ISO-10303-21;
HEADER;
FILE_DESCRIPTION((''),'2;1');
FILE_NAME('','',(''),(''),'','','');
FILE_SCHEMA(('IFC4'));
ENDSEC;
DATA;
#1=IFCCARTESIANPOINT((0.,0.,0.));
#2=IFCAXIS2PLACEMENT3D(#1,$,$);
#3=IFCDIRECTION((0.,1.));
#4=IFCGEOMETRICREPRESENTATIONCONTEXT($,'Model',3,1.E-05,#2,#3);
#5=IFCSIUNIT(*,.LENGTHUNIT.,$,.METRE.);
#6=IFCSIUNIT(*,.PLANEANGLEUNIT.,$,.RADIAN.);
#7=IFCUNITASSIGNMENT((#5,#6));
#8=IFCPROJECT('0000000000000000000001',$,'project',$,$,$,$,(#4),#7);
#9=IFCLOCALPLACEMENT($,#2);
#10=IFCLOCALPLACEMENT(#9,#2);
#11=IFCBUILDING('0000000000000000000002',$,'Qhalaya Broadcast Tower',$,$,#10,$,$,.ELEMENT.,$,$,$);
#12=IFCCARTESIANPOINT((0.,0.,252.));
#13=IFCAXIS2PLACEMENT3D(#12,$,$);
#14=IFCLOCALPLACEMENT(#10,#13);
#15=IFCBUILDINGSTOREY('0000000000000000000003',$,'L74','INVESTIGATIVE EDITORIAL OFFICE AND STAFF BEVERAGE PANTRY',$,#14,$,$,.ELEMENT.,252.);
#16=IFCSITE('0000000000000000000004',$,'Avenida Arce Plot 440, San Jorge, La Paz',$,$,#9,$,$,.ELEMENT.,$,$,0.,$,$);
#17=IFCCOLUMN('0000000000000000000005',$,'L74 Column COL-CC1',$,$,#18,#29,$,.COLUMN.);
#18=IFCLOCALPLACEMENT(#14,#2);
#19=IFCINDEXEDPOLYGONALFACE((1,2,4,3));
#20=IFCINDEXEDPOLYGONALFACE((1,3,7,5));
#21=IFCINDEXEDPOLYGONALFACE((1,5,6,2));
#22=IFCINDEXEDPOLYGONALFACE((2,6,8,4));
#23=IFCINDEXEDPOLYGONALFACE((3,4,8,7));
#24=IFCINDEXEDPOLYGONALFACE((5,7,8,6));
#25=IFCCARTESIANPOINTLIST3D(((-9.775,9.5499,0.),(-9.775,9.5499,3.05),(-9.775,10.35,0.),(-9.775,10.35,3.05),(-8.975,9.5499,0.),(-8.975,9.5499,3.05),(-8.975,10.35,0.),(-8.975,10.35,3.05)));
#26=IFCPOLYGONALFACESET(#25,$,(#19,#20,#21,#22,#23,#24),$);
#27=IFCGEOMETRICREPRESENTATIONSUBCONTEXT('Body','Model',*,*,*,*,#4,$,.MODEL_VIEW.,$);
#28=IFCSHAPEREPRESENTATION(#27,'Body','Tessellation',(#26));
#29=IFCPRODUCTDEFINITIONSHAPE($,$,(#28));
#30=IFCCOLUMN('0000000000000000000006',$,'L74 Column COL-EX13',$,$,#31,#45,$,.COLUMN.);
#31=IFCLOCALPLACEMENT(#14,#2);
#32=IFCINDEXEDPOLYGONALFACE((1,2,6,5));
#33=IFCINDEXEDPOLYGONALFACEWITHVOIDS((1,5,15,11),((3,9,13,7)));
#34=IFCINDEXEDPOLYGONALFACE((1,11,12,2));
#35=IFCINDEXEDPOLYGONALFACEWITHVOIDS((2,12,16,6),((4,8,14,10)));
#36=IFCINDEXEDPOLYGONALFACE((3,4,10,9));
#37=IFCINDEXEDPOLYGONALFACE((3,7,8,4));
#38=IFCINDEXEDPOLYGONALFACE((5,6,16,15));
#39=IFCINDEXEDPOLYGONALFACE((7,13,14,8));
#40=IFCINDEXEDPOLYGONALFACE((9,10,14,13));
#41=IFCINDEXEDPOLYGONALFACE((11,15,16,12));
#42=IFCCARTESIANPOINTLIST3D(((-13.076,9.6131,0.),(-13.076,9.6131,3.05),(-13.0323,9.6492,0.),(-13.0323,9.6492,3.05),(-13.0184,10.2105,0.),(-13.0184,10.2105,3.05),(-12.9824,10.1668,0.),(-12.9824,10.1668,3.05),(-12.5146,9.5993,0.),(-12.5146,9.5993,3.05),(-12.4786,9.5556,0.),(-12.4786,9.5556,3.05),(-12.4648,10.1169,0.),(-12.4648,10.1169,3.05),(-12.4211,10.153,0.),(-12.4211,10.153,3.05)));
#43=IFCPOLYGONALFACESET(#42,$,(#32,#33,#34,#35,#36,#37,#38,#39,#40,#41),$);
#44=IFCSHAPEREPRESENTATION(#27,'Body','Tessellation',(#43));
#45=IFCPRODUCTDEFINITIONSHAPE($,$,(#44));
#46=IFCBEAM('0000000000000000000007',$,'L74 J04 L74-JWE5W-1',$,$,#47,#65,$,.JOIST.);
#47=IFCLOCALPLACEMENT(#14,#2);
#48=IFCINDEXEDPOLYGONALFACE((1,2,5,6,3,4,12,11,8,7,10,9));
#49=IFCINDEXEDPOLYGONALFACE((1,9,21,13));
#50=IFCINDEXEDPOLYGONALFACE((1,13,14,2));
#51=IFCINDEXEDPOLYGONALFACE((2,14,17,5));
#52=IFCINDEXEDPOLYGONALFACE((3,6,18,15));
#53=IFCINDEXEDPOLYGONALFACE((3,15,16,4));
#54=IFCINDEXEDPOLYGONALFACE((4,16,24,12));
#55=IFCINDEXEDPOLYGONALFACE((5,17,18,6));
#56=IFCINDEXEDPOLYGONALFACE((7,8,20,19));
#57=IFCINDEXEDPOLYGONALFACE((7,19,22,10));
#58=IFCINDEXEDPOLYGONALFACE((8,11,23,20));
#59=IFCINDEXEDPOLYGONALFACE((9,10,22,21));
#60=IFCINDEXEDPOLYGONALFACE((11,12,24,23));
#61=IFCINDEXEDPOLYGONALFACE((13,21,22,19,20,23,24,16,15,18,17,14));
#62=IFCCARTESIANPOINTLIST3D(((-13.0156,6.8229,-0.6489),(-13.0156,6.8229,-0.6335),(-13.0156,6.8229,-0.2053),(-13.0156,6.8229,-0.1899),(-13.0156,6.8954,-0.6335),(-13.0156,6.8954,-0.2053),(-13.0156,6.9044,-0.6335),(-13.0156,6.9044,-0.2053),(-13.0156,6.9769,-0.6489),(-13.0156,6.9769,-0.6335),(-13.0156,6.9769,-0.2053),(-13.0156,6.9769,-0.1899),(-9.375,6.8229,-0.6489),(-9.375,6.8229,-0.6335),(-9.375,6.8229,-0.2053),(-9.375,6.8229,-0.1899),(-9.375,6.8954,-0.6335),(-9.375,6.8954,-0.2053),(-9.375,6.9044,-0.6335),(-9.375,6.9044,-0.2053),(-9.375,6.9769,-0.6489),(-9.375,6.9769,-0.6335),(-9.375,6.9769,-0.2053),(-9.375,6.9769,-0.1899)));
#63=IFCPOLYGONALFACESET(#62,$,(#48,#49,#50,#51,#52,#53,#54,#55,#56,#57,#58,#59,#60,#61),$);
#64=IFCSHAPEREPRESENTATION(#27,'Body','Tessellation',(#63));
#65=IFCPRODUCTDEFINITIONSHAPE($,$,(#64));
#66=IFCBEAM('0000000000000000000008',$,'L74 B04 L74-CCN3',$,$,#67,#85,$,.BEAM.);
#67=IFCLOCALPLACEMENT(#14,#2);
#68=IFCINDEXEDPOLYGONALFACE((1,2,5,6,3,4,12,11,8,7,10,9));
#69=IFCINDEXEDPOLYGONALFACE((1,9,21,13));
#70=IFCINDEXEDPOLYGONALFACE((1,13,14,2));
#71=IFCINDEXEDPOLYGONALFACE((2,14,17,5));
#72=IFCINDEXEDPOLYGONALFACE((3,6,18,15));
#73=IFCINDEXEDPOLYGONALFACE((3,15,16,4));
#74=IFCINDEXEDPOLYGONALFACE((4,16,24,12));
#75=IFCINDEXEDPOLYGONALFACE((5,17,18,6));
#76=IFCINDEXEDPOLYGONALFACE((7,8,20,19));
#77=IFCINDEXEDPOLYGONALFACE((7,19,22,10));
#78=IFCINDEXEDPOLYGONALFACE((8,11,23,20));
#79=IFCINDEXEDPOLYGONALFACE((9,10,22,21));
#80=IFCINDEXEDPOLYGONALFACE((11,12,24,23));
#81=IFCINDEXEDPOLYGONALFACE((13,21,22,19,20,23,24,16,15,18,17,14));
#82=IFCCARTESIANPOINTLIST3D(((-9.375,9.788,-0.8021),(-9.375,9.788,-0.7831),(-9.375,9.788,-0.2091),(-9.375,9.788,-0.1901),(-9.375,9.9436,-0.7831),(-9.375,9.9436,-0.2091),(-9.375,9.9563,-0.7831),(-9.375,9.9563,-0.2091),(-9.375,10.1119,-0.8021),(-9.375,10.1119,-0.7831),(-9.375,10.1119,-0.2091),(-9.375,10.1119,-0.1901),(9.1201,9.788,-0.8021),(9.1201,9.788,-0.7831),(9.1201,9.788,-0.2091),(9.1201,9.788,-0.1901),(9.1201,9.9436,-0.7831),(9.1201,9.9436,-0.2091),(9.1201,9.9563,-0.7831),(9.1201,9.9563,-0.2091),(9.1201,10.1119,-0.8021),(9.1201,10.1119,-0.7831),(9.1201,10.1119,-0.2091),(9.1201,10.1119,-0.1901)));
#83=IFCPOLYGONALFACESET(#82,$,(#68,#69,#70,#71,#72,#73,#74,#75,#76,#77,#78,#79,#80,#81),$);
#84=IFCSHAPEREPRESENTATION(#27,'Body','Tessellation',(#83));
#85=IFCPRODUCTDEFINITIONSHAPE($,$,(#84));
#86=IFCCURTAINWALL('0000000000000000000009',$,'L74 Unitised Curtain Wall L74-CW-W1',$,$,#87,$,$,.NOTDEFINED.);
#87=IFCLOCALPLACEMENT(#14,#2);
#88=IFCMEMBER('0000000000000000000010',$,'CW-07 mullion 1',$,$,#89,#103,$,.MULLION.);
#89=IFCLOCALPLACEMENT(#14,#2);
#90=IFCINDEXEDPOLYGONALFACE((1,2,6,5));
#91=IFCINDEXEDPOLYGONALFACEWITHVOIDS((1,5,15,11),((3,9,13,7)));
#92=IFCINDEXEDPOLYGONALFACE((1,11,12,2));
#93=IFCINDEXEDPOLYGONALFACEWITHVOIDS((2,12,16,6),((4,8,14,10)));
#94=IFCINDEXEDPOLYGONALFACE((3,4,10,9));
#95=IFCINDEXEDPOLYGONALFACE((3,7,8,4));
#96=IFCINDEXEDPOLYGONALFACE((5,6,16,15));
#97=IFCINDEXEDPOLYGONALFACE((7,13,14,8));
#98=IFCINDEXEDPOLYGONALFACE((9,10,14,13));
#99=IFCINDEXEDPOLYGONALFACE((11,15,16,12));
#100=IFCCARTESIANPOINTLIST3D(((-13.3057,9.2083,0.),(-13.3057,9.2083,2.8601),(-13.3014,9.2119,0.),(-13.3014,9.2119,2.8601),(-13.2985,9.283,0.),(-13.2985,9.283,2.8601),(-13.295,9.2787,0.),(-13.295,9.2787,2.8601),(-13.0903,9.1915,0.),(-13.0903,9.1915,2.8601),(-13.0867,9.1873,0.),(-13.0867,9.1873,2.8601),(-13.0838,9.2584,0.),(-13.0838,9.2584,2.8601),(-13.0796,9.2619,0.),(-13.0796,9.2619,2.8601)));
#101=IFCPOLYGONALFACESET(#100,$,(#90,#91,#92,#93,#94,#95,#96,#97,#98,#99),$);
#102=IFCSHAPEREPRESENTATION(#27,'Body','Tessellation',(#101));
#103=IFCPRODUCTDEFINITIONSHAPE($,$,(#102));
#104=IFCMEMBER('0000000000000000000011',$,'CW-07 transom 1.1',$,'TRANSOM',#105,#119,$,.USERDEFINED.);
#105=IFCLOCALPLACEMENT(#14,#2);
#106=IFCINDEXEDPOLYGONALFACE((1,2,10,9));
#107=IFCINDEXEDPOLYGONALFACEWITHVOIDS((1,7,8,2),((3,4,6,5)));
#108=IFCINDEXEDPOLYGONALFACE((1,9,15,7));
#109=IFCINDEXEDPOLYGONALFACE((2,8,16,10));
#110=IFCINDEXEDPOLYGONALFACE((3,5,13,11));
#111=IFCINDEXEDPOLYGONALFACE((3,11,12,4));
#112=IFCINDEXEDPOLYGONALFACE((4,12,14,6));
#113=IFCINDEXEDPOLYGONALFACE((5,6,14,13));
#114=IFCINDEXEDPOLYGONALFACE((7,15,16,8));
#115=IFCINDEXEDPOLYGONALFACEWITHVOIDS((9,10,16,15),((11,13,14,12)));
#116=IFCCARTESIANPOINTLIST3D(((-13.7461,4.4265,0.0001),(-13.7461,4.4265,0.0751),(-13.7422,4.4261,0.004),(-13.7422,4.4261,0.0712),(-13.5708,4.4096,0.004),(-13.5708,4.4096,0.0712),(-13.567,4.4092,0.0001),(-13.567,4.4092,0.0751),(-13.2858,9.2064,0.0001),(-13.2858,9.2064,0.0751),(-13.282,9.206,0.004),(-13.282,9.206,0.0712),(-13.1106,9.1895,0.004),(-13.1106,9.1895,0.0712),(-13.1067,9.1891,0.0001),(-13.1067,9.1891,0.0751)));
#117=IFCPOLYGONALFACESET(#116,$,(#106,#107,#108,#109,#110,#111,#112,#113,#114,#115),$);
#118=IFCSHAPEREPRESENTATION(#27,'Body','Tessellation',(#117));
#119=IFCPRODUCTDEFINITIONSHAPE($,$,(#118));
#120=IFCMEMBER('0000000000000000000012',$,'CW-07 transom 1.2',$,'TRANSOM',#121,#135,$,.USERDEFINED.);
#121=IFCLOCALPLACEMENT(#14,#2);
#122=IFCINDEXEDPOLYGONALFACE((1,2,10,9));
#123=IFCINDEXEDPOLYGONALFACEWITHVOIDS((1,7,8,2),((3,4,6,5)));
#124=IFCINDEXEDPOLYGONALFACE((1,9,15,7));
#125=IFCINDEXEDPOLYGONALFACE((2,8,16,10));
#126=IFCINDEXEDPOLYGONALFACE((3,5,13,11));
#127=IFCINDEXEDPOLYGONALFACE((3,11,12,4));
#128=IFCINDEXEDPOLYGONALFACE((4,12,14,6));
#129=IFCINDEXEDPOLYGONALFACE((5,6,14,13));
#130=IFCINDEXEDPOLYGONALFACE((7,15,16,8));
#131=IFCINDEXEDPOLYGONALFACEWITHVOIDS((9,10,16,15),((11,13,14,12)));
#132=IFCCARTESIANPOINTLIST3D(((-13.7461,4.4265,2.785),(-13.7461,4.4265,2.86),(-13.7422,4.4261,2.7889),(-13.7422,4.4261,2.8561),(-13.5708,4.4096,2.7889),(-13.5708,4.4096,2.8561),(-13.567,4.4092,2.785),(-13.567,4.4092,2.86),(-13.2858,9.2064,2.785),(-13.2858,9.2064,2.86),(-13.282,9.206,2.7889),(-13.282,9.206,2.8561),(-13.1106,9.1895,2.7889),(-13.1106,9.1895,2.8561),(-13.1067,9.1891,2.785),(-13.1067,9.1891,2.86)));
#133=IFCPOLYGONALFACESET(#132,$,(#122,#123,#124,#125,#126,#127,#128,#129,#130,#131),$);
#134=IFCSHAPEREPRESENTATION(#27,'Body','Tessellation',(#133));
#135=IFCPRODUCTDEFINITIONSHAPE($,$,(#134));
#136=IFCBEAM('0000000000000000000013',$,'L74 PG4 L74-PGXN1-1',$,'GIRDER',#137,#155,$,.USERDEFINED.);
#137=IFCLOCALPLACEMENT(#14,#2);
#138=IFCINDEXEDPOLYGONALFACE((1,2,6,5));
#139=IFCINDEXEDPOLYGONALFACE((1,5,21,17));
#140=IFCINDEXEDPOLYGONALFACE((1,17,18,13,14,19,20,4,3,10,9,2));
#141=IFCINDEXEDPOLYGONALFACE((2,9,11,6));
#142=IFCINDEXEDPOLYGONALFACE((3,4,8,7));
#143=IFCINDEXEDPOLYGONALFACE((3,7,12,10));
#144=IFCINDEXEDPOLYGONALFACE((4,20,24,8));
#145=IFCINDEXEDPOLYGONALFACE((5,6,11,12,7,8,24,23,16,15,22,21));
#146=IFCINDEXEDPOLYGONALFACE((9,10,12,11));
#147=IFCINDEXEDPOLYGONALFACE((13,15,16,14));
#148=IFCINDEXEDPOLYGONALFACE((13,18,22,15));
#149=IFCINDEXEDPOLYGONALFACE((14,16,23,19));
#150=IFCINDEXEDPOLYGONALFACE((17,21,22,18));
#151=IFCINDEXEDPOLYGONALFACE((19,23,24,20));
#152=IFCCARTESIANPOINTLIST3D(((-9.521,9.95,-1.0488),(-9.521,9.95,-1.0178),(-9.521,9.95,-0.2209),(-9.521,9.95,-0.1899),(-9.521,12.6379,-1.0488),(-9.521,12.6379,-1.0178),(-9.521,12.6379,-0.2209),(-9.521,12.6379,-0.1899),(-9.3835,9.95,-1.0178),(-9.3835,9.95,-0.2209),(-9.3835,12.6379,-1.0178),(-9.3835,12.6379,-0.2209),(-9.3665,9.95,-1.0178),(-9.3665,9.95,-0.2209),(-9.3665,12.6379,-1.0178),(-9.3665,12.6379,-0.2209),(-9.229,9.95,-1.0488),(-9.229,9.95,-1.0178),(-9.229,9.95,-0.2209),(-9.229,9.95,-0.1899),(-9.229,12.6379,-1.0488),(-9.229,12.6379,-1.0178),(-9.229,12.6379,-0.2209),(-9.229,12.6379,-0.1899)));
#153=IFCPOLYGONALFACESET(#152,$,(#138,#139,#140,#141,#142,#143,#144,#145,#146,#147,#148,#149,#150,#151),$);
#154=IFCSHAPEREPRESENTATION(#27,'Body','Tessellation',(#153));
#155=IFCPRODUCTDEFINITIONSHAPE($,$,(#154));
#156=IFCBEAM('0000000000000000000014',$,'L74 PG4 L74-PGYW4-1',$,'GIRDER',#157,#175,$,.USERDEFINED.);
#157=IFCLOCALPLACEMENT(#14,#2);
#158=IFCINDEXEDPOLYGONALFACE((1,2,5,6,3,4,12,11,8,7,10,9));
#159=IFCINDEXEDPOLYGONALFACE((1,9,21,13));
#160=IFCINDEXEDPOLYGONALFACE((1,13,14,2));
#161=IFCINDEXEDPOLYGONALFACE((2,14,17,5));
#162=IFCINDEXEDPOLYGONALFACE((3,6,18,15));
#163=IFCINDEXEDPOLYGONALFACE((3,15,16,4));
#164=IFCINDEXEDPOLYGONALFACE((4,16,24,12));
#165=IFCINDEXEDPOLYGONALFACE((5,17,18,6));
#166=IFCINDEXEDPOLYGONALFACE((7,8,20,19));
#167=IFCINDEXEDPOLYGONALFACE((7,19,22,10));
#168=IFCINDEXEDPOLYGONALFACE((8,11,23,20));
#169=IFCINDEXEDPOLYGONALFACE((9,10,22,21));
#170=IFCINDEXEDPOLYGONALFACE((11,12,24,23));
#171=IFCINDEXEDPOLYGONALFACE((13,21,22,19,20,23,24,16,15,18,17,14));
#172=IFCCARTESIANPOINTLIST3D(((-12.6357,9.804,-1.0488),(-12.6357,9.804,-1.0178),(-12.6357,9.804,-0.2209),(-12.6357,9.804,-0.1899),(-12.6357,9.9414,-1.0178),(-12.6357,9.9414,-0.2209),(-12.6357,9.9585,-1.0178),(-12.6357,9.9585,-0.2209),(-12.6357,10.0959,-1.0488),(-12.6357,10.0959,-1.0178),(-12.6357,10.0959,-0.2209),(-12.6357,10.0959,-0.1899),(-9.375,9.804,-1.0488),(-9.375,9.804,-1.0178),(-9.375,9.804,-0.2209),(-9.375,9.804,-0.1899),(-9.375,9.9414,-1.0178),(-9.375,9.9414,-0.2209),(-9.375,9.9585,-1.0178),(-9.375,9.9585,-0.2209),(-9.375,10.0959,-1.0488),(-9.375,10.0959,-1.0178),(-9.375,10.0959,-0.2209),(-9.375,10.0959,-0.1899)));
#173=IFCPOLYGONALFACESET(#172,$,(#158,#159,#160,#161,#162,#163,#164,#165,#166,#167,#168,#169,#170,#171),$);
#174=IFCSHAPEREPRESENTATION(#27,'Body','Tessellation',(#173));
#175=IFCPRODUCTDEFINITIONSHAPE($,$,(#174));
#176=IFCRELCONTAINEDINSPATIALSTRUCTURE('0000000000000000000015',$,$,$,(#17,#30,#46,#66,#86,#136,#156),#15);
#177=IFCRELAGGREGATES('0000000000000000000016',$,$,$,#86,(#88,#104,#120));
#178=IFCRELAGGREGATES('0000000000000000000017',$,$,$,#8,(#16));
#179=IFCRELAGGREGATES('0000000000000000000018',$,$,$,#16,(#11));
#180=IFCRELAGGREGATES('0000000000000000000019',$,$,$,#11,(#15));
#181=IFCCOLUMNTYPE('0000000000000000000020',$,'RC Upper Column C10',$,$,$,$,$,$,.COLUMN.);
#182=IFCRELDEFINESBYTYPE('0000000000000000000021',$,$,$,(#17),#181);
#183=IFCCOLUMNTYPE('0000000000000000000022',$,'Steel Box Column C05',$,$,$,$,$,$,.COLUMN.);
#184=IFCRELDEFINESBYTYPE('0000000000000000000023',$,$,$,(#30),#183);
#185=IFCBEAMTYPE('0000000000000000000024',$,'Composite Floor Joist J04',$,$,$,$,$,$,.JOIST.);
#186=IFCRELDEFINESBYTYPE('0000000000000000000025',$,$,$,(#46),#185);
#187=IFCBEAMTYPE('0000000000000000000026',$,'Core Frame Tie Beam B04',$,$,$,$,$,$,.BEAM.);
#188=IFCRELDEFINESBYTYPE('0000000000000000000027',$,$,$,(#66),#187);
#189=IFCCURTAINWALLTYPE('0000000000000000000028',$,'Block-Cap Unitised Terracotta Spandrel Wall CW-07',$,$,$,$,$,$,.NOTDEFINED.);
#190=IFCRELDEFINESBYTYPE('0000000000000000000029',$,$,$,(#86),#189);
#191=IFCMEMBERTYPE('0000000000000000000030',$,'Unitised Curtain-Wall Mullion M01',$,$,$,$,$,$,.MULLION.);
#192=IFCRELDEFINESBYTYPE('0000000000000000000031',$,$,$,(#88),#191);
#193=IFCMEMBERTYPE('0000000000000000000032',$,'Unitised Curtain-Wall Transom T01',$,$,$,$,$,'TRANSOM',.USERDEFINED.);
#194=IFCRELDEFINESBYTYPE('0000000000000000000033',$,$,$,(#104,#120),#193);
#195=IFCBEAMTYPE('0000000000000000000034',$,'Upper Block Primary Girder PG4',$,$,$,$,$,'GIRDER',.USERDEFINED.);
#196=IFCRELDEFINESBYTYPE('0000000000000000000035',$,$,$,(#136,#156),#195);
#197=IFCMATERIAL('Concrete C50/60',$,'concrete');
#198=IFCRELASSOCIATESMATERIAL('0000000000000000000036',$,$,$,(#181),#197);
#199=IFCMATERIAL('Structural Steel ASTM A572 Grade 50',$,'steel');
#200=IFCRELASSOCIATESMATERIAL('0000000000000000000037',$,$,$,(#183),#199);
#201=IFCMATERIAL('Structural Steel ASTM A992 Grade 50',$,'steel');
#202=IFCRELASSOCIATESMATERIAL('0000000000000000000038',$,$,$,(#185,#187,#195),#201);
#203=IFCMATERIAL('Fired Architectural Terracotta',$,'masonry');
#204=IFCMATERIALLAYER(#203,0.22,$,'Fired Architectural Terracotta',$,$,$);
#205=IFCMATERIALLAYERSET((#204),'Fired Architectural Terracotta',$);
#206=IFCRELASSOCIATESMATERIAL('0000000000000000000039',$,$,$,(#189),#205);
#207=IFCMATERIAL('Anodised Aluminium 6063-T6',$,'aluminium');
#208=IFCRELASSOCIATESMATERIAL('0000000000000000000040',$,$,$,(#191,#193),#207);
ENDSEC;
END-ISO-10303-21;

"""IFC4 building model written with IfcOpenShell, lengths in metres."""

from ifc_helpers import new_model, si_unit, direction, frame, origin, origin_2d, place, context, subcontext, project, spatial, rectangle, hollow_rectangle, i_section, extrude, material, layer, layer_set, material_profile, profile_set, type_object, element, aggregate, save


model = new_model("IFC4")

# Units and contexts
model_context = context("Model", 3, precision=1e-05, world=origin(), true_north=direction((0.0, 1.0)))
body_context = subcontext(model_context, "Body", "Model", "MODEL_VIEW")
ifc_project = project(units=[si_unit("LENGTHUNIT", "METRE"), si_unit("PLANEANGLEUNIT", "RADIAN")], contexts=[model_context])

# Site, building, storey
site_placement = place(None, origin())
site = spatial("IfcSite", under=ifc_project, at=site_placement, Name="Avenida Arce Plot 440, San Jorge, La Paz", CompositionType="ELEMENT", RefElevation=0.0)
building_placement = place(site_placement, origin())
building = spatial("IfcBuilding", under=site, at=building_placement, Name="Qhalaya Broadcast Tower", CompositionType="ELEMENT")
storey_placement = place(building_placement, frame((0.0, 0.0, 252.0)))
storey = spatial("IfcBuildingStorey", under=building, at=storey_placement, Name="L74", Description="INVESTIGATIVE EDITORIAL OFFICE AND STAFF BEVERAGE PANTRY", CompositionType="ELEMENT", Elevation=252.0)

# Columns
ifc_material_1 = material(Name="Concrete C50/60", Category="concrete")
ifc_material_profile_1 = material_profile(ifc_material_1, rectangle(XDim=0.8, YDim=0.8, at=origin_2d()), Name="RC-COL 800x800")
ifc_profile_set_1 = profile_set([ifc_material_profile_1], Name="Concrete C50/60")
column_type_1 = type_object("IfcColumnType", Name="RC Upper Column C10", PredefinedType="COLUMN", material=ifc_profile_set_1)
column_1_placement = place(storey_placement, frame((-9.375, 9.95, 0.0), z_axis=(0.0, 0.0, 1.0), x_axis=(1.0, 0.0, 0.0)))
element("IfcColumn", 1, at=column_1_placement, inside=storey, type_object=column_type_1, Name="L74 Column COL-CC1", PredefinedType="COLUMN", context=body_context, shape_type="SweptSolid", body=[
    extrude(rectangle(XDim=0.8, YDim=0.8, at=origin_2d()), origin(), (0.0, 0.0, 1.0), 3.05),
])
ifc_material_2 = material(Name="Structural Steel ASTM A572 Grade 50", Category="steel")
ifc_material_profile_2 = material_profile(ifc_material_2, hollow_rectangle(XDim=0.6001, YDim=0.6001, WallThickness=0.04, at=origin_2d()), Name="BOX 600x600x40")
ifc_profile_set_2 = profile_set([ifc_material_profile_2], Name="Structural Steel ASTM A572 Grade 50")
column_type_2 = type_object("IfcColumnType", Name="Steel Box Column C05", PredefinedType="COLUMN", material=ifc_profile_set_2)
column_2_placement = place(storey_placement, frame((-12.7485, 9.8831, 0.0), z_axis=(0.0, 0.0, 1.0), x_axis=(0.095846, 0.995396, 0.0)))
element("IfcColumn", 2, at=column_2_placement, inside=storey, type_object=column_type_2, Name="L74 Column COL-EX13", PredefinedType="COLUMN", context=body_context, shape_type="SweptSolid", body=[
    extrude(hollow_rectangle(XDim=0.6001, YDim=0.6001, WallThickness=0.04, at=origin_2d()), origin(), (0.0, 0.0, 1.0), 3.05),
])

# Beams
ifc_material_3 = material(Name="Structural Steel ASTM A992 Grade 50", Category="steel")
ifc_material_profile_3 = material_profile(ifc_material_3, i_section(OverallWidth=0.1541, OverallDepth=0.459, WebThickness=0.009, FlangeThickness=0.0154, at=origin_2d()), Name="W18X46")
ifc_profile_set_3 = profile_set([ifc_material_profile_3], Name="Structural Steel ASTM A992 Grade 50")
beam_type_1 = type_object("IfcBeamType", Name="Composite Floor Joist J04", PredefinedType="JOIST", material=ifc_profile_set_3)
beam_1_placement = place(storey_placement, frame((-13.0156, 6.8999, -0.4194), z_axis=(1.0, 0.0, 0.0), x_axis=(0.0, 1.0, 0.0)))
element("IfcBeam", 3, at=beam_1_placement, inside=storey, type_object=beam_type_1, Name="L74 J04 L74-JWE5W-1", PredefinedType="JOIST", context=body_context, shape_type="SweptSolid", body=[
    extrude(i_section(OverallWidth=0.1541, OverallDepth=0.459, WebThickness=0.009, FlangeThickness=0.0154, at=origin_2d()), origin(), (0.0, 0.0, 1.0), 3.6406),
])
ifc_material_profile_4 = material_profile(ifc_material_3, i_section(OverallWidth=0.324, OverallDepth=0.6121, WebThickness=0.0127, FlangeThickness=0.019, at=origin_2d()), Name="W24X104")
ifc_profile_set_4 = profile_set([ifc_material_profile_4], Name="Structural Steel ASTM A992 Grade 50")
beam_type_2 = type_object("IfcBeamType", Name="Core Frame Tie Beam B04", PredefinedType="BEAM", material=ifc_profile_set_4)
beam_2_placement = place(storey_placement, frame((-9.375, 9.95, -0.4961), z_axis=(1.0, 0.0, 0.0), x_axis=(0.0, 1.0, 0.0)))
element("IfcBeam", 4, at=beam_2_placement, inside=storey, type_object=beam_type_2, Name="L74 B04 L74-CCN3", PredefinedType="BEAM", context=body_context, shape_type="SweptSolid", body=[
    extrude(i_section(OverallWidth=0.324, OverallDepth=0.6121, WebThickness=0.0127, FlangeThickness=0.019, at=origin_2d()), origin(), (0.0, 0.0, 1.0), 18.4951),
])

# Curtain wall, members
ifc_material_4 = material(Name="Fired Architectural Terracotta", Category="masonry")
ifc_layer_1 = layer(ifc_material_4, 0.22, Name="Fired Architectural Terracotta")
ifc_layer_set_1 = layer_set([ifc_layer_1], Name="Fired Architectural Terracotta")
curtain_wall_type = type_object("IfcCurtainWallType", Name="Block-Cap Unitised Terracotta Spandrel Wall CW-07", PredefinedType="NOTDEFINED", material=ifc_layer_set_1)
curtain_wall_placement = place(storey_placement, origin())
curtain_wall = element("IfcCurtainWall", 5, at=curtain_wall_placement, inside=storey, type_object=curtain_wall_type, Name="L74 Unitised Curtain Wall L74-CW-W1", PredefinedType="NOTDEFINED")
ifc_material_5 = material(Name="Anodised Aluminium 6063-T6", Category="aluminium")
ifc_material_profile_5 = material_profile(ifc_material_5, hollow_rectangle(XDim=0.075, YDim=0.22, WallThickness=0.0039, at=origin_2d()), Name="ALU-MUL 75x220x4")
ifc_profile_set_5 = profile_set([ifc_material_profile_5], Name="Anodised Aluminium 6063-T6")
member_type_1 = type_object("IfcMemberType", Name="Unitised Curtain-Wall Mullion M01", PredefinedType="MULLION", material=ifc_profile_set_5)
member_1_placement = place(storey_placement, frame((-13.1926, 9.2351, 0.0), z_axis=(0.0, 0.0, 1.0), x_axis=(-0.09584, -0.995397, 0.0)))
member_1 = element("IfcMember", 6, at=member_1_placement, type_object=member_type_1, Name="CW-07 mullion 1", PredefinedType="MULLION", context=body_context, shape_type="SweptSolid", body=[
    extrude(hollow_rectangle(XDim=0.075, YDim=0.22, WallThickness=0.0039, at=origin_2d()), origin(), (0.0, 0.0, 1.0), 2.8601),
])
ifc_material_profile_6 = material_profile(ifc_material_5, hollow_rectangle(XDim=0.075, YDim=0.1799, WallThickness=0.0039, at=origin_2d()), Name="ALU-TRN 75x180x4")
ifc_profile_set_6 = profile_set([ifc_material_profile_6], Name="Anodised Aluminium 6063-T6")
member_type_2 = type_object("IfcMemberType", Name="Unitised Curtain-Wall Transom T01", ElementType="TRANSOM", PredefinedType="USERDEFINED", material=ifc_profile_set_6)
member_2_placement = place(storey_placement, frame((-13.1963, 9.1978, 0.0376), z_axis=(-0.095838, -0.995397, 0.0), x_axis=(0.0, 0.0, 1.0)))
member_2 = element("IfcMember", 7, at=member_2_placement, type_object=member_type_2, Name="CW-07 transom 1.1", ObjectType="TRANSOM", PredefinedType="USERDEFINED", context=body_context, shape_type="SweptSolid", body=[
    extrude(hollow_rectangle(XDim=0.075, YDim=0.1799, WallThickness=0.0039, at=origin_2d()), origin(), (0.0, 0.0, 1.0), 4.802),
])
member_3_placement = place(storey_placement, frame((-13.1963, 9.1978, 2.8225), z_axis=(-0.095838, -0.995397, 0.0), x_axis=(0.0, 0.0, 1.0)))
member_3 = element("IfcMember", 8, at=member_3_placement, type_object=member_type_2, Name="CW-07 transom 1.2", ObjectType="TRANSOM", PredefinedType="USERDEFINED", context=body_context, shape_type="SweptSolid", body=[
    extrude(hollow_rectangle(XDim=0.075, YDim=0.1799, WallThickness=0.0039, at=origin_2d()), origin(), (0.0, 0.0, 1.0), 4.802),
])

# Beams
ifc_material_profile_7 = material_profile(ifc_material_3, i_section(OverallWidth=0.292, OverallDepth=0.8589, WebThickness=0.0171, FlangeThickness=0.031, at=origin_2d()), Name="W33X169")
ifc_profile_set_7 = profile_set([ifc_material_profile_7], Name="Structural Steel ASTM A992 Grade 50")
beam_type_3 = type_object("IfcBeamType", Name="Upper Block Primary Girder PG4", ElementType="GIRDER", PredefinedType="USERDEFINED", material=ifc_profile_set_7)
beam_3_placement = place(storey_placement, frame((-9.375, 9.95, -0.6194), z_axis=(0.0, 1.0, 0.0), x_axis=(-1.0, 0.0, 0.0)))
element("IfcBeam", 9, at=beam_3_placement, inside=storey, type_object=beam_type_3, Name="L74 PG4 L74-PGXN1-1", ObjectType="GIRDER", PredefinedType="USERDEFINED", context=body_context, shape_type="SweptSolid", body=[
    extrude(i_section(OverallWidth=0.292, OverallDepth=0.8589, WebThickness=0.0171, FlangeThickness=0.031, at=origin_2d()), origin(), (0.0, 0.0, 1.0), 2.688),
])
beam_4_placement = place(storey_placement, frame((-12.6357, 9.95, -0.6194), z_axis=(1.0, 0.0, 0.0), x_axis=(0.0, 1.0, 0.0)))
element("IfcBeam", 10, at=beam_4_placement, inside=storey, type_object=beam_type_3, Name="L74 PG4 L74-PGYW4-1", ObjectType="GIRDER", PredefinedType="USERDEFINED", context=body_context, shape_type="SweptSolid", body=[
    extrude(i_section(OverallWidth=0.292, OverallDepth=0.8589, WebThickness=0.0171, FlangeThickness=0.031, at=origin_2d()), origin(), (0.0, 0.0, 1.0), 3.2607),
])

aggregate(curtain_wall, [member_1, member_2, member_3])

save(model, "model.ifc")
